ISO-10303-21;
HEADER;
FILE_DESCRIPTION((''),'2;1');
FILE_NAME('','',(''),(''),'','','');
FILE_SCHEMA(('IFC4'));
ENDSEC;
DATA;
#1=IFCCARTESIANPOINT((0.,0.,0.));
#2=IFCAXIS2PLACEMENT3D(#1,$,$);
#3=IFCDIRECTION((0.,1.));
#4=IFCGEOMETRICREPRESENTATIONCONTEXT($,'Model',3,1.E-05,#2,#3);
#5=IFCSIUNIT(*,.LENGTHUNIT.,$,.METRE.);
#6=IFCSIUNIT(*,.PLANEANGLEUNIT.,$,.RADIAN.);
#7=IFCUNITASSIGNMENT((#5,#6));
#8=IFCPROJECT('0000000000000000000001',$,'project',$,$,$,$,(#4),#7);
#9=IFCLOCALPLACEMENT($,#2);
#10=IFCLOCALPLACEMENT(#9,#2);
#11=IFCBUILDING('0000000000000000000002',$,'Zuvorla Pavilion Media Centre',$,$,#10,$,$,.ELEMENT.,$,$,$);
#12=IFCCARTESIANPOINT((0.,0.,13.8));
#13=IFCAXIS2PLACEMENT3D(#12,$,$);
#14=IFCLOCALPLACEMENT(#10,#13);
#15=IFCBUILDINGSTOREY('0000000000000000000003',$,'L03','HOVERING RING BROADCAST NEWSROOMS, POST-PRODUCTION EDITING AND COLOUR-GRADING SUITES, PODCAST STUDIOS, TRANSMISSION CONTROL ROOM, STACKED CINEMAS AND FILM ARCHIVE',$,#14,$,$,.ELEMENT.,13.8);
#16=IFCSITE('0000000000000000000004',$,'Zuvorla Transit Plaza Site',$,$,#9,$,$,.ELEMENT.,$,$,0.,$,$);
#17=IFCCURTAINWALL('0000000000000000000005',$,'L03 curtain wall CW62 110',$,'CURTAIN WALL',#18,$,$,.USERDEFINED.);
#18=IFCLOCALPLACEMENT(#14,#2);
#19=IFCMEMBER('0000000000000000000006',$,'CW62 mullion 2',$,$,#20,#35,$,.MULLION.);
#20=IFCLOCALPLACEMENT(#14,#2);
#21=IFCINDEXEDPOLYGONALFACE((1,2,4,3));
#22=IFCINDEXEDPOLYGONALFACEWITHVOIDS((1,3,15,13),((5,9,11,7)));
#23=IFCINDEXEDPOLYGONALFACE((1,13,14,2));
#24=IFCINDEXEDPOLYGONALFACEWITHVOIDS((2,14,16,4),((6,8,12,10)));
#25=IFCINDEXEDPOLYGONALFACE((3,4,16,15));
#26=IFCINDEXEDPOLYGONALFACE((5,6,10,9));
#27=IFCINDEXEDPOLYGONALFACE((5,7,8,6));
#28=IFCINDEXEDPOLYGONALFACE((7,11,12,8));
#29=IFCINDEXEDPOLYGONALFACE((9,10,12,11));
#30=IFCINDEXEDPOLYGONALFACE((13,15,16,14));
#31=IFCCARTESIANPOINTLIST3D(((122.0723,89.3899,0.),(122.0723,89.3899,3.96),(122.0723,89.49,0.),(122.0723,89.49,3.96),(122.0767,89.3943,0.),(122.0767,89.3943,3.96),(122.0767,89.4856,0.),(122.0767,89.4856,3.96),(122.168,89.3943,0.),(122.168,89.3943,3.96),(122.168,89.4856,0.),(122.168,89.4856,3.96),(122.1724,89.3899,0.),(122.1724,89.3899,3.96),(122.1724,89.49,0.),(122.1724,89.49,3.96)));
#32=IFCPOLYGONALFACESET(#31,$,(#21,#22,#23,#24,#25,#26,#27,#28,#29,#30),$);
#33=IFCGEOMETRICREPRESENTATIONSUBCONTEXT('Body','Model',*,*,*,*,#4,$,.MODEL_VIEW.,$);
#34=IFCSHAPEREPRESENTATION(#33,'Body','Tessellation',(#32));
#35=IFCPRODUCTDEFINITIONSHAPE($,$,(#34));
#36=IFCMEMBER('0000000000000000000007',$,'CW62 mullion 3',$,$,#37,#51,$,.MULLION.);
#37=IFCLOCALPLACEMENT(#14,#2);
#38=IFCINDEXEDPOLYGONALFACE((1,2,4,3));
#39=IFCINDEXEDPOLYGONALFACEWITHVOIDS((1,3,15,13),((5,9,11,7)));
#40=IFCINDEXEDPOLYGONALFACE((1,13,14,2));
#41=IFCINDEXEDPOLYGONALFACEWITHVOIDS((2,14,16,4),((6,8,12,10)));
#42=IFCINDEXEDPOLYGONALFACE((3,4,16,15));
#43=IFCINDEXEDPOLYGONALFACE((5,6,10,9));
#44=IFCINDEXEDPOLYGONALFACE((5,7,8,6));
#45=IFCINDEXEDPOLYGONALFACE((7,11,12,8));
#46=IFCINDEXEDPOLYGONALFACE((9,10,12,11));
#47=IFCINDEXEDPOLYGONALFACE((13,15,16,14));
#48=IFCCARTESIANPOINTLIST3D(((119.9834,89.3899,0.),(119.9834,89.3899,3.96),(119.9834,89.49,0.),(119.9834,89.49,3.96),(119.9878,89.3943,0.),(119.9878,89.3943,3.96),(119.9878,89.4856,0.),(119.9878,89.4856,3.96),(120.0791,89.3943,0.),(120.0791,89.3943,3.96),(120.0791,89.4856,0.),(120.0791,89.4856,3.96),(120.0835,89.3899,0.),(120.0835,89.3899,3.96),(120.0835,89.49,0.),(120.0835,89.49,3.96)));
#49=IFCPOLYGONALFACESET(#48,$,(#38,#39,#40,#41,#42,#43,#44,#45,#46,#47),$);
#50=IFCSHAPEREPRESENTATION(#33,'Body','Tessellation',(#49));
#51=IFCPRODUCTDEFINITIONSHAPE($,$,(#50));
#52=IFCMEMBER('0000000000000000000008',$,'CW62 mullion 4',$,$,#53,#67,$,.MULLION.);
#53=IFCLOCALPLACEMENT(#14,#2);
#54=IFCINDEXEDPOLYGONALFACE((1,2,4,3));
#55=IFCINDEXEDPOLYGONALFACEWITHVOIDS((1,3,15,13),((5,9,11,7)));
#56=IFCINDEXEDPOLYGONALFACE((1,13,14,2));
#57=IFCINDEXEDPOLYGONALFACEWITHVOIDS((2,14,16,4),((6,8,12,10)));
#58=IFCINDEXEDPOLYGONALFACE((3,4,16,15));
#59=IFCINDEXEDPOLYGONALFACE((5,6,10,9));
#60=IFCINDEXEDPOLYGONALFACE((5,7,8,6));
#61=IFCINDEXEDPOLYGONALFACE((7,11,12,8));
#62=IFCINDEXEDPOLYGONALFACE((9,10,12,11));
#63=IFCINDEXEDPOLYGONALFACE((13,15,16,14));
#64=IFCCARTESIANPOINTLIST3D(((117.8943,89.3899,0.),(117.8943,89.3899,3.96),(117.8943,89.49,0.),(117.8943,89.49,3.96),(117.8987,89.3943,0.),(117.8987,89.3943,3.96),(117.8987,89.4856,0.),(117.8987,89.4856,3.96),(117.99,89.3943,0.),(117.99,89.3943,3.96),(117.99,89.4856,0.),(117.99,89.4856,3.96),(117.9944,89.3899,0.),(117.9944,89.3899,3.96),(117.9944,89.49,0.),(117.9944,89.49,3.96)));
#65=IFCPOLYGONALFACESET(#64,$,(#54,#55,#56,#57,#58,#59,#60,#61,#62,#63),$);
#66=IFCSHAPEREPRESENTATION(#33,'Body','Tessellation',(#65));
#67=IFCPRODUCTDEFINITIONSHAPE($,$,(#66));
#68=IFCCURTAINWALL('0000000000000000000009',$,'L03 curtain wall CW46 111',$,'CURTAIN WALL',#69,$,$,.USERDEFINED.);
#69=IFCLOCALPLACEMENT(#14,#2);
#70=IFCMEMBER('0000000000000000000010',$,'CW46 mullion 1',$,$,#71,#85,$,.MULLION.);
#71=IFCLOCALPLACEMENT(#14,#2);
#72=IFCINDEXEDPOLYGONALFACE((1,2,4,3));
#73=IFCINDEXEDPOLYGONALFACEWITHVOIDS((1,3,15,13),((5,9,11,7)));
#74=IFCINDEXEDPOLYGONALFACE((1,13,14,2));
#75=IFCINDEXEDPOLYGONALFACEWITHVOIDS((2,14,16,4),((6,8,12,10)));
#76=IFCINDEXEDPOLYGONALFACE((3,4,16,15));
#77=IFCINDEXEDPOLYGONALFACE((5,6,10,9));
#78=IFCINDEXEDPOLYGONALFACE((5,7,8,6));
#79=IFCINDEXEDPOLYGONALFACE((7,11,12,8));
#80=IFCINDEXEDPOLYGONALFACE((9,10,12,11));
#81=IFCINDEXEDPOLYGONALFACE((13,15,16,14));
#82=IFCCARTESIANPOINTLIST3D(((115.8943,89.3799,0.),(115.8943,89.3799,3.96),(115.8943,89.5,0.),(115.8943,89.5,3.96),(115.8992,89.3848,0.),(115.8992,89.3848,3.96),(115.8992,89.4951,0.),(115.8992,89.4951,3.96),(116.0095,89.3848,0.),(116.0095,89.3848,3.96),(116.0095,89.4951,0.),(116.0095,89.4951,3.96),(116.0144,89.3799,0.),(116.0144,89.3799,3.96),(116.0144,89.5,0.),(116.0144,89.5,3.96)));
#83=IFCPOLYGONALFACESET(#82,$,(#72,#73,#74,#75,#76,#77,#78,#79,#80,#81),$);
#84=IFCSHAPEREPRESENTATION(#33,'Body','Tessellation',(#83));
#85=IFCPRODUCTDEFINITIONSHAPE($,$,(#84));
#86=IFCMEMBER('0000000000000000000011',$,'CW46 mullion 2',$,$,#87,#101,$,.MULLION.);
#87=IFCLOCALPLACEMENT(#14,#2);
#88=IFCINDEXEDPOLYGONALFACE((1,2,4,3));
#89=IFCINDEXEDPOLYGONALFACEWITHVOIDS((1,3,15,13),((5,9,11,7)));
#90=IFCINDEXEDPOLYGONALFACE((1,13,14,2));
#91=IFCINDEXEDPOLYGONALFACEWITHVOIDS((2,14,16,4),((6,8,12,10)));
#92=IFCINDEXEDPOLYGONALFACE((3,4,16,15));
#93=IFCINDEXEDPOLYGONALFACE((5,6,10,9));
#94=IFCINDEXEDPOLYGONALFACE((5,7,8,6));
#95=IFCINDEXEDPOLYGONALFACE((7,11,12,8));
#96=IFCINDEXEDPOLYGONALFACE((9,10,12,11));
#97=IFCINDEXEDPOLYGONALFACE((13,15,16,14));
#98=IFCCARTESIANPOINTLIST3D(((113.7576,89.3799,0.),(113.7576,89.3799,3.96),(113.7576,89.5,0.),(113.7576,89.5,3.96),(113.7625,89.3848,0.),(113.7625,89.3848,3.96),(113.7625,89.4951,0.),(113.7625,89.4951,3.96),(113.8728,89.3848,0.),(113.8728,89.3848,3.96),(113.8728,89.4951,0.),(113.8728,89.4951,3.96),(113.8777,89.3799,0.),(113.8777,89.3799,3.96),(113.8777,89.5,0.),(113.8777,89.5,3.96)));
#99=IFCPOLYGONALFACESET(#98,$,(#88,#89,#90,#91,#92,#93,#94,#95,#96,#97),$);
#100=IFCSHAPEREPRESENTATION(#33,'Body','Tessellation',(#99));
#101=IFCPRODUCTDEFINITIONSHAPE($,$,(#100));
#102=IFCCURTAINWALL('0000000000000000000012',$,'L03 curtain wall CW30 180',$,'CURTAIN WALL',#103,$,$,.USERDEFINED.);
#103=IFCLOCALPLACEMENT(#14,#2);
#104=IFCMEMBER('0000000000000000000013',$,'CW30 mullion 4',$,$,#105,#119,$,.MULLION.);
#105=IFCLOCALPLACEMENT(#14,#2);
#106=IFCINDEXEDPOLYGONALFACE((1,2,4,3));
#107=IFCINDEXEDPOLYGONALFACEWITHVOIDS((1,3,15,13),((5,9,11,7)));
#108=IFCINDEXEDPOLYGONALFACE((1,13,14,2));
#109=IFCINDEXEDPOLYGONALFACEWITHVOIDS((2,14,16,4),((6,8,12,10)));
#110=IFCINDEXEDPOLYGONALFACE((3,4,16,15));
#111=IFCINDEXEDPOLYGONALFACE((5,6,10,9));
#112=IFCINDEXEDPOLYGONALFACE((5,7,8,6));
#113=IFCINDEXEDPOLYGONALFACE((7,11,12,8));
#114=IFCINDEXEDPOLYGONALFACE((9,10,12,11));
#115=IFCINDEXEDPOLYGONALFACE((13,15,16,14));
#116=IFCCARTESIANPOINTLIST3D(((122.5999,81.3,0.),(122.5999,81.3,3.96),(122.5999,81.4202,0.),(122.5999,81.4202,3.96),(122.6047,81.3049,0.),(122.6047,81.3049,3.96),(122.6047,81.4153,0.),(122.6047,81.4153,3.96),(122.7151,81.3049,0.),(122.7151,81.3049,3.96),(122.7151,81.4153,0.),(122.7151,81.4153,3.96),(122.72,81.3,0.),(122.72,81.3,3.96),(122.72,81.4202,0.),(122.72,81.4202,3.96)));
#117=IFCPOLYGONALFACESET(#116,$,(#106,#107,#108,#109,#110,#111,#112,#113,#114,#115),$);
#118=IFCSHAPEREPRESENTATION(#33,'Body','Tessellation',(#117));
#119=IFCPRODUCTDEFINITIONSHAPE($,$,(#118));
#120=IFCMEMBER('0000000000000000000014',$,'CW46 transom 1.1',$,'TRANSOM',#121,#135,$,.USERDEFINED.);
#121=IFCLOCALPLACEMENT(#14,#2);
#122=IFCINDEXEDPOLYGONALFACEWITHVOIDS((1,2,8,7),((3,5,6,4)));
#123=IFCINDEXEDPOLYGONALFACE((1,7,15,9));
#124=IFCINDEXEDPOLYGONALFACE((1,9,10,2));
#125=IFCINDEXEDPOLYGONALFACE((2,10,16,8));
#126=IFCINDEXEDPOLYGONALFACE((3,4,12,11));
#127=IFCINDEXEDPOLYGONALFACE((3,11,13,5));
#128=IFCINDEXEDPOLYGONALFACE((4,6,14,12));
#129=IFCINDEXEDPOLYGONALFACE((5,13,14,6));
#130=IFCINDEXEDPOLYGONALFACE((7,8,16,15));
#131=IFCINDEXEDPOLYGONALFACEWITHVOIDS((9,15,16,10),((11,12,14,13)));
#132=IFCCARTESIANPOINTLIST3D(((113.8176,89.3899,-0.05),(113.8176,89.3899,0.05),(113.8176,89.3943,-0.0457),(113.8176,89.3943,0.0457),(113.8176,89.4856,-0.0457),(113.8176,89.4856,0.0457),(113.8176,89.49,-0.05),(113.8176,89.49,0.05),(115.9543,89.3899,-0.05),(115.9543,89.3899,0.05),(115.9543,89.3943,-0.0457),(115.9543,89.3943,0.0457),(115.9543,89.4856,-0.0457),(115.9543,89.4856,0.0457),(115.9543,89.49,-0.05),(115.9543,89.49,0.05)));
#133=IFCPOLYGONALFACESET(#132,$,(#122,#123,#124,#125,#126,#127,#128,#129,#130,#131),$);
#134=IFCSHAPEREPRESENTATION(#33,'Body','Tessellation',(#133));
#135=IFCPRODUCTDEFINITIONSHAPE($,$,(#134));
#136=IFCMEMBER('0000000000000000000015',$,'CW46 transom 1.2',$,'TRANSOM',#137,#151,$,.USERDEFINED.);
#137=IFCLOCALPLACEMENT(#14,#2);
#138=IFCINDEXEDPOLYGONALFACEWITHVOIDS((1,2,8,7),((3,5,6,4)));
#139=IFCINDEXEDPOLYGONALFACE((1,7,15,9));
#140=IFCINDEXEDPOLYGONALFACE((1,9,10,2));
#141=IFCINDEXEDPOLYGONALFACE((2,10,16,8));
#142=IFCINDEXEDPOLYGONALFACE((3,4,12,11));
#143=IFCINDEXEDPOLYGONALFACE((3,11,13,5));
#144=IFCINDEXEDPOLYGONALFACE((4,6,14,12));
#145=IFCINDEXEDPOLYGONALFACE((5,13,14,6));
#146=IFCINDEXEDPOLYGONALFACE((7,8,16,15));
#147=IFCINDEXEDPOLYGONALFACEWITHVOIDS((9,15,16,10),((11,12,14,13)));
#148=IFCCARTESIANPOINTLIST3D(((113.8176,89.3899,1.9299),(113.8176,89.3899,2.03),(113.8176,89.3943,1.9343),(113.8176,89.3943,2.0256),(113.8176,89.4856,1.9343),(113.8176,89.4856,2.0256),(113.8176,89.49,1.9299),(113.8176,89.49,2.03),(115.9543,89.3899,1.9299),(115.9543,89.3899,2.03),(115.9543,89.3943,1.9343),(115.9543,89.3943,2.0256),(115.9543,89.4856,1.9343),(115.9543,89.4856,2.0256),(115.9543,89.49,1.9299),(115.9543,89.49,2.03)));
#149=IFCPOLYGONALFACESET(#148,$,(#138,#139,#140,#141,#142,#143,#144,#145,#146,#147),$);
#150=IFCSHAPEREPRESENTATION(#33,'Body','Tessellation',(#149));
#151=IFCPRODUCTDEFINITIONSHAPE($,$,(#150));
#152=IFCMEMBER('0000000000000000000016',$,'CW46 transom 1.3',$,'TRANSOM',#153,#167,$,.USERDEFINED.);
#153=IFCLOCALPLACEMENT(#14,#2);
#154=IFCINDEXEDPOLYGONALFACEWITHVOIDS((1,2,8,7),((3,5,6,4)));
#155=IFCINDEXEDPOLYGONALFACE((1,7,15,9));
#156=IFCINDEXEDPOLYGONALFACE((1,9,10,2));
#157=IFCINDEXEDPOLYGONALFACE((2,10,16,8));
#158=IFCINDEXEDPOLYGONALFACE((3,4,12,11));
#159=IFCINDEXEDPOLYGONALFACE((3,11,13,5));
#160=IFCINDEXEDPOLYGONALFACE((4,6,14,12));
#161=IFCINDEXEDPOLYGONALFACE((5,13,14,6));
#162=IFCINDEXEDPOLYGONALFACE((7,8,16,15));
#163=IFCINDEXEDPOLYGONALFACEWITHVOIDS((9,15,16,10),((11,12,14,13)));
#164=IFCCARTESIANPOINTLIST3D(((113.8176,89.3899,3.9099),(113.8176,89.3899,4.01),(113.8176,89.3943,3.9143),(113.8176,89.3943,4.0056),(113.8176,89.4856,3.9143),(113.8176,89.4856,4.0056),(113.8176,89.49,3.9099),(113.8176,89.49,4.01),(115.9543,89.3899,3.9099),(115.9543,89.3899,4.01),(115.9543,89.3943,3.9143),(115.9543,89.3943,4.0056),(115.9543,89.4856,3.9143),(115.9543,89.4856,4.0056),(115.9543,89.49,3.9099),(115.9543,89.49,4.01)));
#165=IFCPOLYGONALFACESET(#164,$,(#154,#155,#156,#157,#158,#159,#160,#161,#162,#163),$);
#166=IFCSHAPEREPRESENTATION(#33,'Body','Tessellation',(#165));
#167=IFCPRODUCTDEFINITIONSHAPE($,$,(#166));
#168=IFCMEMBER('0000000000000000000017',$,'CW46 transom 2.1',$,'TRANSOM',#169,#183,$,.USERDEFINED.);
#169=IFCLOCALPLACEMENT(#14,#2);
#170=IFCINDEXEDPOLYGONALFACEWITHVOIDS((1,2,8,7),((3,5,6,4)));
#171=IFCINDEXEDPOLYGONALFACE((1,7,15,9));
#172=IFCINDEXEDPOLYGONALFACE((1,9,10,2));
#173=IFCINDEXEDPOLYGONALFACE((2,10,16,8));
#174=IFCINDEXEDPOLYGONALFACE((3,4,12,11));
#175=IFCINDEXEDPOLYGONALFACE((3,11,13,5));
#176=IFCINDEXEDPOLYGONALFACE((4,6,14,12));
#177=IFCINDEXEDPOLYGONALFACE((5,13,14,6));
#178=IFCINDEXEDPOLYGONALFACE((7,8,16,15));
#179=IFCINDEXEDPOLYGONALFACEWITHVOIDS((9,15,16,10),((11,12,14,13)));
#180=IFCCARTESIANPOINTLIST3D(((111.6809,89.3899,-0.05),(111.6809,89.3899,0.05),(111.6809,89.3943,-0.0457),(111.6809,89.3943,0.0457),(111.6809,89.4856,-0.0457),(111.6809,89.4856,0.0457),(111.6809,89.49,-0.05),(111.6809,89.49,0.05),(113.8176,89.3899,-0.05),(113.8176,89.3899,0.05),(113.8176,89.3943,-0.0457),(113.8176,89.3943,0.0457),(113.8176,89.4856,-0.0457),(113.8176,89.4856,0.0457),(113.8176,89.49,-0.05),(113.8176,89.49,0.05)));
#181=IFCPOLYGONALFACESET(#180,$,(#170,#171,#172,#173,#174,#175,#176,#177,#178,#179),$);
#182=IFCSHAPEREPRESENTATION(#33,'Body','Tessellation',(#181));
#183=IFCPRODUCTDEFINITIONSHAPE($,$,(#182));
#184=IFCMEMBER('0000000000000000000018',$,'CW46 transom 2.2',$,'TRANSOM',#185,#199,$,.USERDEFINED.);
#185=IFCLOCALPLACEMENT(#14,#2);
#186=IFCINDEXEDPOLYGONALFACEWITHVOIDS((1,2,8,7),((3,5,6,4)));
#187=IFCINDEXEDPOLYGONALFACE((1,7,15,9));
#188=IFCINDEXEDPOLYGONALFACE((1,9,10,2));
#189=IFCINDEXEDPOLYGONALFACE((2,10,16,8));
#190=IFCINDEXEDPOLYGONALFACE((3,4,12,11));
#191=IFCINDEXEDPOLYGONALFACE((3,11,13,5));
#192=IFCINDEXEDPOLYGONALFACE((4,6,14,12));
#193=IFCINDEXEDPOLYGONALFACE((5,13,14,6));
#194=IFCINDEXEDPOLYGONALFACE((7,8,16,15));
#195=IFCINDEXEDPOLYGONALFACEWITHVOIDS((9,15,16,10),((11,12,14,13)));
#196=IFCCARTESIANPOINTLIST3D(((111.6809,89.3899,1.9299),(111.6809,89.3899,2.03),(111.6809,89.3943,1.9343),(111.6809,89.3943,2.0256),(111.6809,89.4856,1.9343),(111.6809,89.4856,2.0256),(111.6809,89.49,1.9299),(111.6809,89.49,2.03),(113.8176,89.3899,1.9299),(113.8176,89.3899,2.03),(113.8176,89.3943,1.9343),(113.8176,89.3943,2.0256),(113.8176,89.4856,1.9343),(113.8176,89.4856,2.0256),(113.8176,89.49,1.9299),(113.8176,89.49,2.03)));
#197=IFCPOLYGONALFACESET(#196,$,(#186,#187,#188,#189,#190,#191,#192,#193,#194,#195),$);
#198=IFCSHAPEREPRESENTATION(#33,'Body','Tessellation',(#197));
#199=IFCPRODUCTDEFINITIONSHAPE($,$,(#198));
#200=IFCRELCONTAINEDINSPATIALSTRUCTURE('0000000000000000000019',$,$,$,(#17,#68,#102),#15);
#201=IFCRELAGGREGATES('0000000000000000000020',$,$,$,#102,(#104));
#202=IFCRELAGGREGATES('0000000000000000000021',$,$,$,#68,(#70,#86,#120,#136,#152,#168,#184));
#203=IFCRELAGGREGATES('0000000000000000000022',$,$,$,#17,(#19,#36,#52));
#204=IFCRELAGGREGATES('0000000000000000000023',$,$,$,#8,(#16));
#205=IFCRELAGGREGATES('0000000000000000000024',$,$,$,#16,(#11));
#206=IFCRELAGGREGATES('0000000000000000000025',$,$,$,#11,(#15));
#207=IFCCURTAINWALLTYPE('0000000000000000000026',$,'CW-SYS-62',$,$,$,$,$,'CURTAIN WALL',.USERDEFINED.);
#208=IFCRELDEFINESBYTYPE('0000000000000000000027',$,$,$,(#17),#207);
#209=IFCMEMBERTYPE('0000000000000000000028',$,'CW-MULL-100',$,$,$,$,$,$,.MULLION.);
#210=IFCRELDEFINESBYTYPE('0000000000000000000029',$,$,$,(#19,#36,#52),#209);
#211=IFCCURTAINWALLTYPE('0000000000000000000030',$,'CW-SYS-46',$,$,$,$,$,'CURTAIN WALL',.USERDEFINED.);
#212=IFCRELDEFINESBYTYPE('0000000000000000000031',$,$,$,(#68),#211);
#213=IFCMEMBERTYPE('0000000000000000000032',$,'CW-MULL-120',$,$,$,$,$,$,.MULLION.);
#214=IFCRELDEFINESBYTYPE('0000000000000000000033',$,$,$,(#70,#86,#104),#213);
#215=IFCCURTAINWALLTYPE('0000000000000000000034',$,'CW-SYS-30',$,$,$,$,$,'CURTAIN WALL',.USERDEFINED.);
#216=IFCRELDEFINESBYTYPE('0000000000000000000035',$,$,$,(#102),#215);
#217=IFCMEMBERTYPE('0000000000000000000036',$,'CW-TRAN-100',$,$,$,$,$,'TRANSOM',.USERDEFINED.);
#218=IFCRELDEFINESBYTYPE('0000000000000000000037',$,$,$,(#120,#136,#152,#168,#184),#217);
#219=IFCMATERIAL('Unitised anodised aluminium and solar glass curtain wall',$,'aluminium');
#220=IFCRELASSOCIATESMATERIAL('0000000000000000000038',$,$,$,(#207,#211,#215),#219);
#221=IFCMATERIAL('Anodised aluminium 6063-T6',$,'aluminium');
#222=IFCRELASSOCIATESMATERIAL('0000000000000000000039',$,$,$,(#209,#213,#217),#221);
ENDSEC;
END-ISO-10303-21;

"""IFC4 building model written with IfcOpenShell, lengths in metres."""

from ifc_helpers import new_model, si_unit, direction, frame, origin, origin_2d, place, context, subcontext, project, spatial, hollow_rectangle, extrude, material, material_profile, profile_set, type_object, element, aggregate, save


model = new_model("IFC4")

# Units and contexts
model_context = context("Model", 3, precision=1e-05, world=origin(), true_north=direction((0.0, 1.0)))
body_context = subcontext(model_context, "Body", "Model", "MODEL_VIEW")
ifc_project = project(units=[si_unit("LENGTHUNIT", "METRE"), si_unit("PLANEANGLEUNIT", "RADIAN")], contexts=[model_context])

# Site, building, storey
site_placement = place(None, origin())
site = spatial("IfcSite", under=ifc_project, at=site_placement, Name="Zuvorla Transit Plaza Site", CompositionType="ELEMENT", RefElevation=0.0)
building_placement = place(site_placement, origin())
building = spatial("IfcBuilding", under=site, at=building_placement, Name="Zuvorla Pavilion Media Centre", CompositionType="ELEMENT")
storey_placement = place(building_placement, frame((0.0, 0.0, 13.8)))
storey = spatial("IfcBuildingStorey", under=building, at=storey_placement, Name="L03", Description="HOVERING RING BROADCAST NEWSROOMS, POST-PRODUCTION EDITING AND COLOUR-GRADING SUITES, PODCAST STUDIOS, TRANSMISSION CONTROL ROOM, STACKED CINEMAS AND FILM ARCHIVE", CompositionType="ELEMENT", Elevation=13.8)

# Curtain walls, members
ifc_material_1 = material(Name="Unitised anodised aluminium and solar glass curtain wall", Category="aluminium")
curtain_wall_type_1 = type_object("IfcCurtainWallType", Name="CW-SYS-62", ElementType="CURTAIN WALL", PredefinedType="USERDEFINED", material=ifc_material_1)
curtain_wall_1_placement = place(storey_placement, origin())
curtain_wall_1 = element("IfcCurtainWall", 1, at=curtain_wall_1_placement, inside=storey, type_object=curtain_wall_type_1, Name="L03 curtain wall CW62 110", ObjectType="CURTAIN WALL", PredefinedType="USERDEFINED")
ifc_material_2 = material(Name="Anodised aluminium 6063-T6", Category="aluminium")
ifc_material_profile_1 = material_profile(ifc_material_2, hollow_rectangle(XDim=0.1001, YDim=0.1001, WallThickness=0.0044, at=origin_2d()), Name="ALU MULL 100x100")
ifc_profile_set_1 = profile_set([ifc_material_profile_1], Name="Anodised aluminium 6063-T6")
member_type_1 = type_object("IfcMemberType", Name="CW-MULL-100", PredefinedType="MULLION", material=ifc_profile_set_1)
member_1_placement = place(storey_placement, frame((122.1223, 89.4399, 0.0), z_axis=(0.0, 0.0, 1.0), x_axis=(1.0, 0.0, 0.0)))
member_1 = element("IfcMember", 2, at=member_1_placement, type_object=member_type_1, Name="CW62 mullion 2", PredefinedType="MULLION", context=body_context, shape_type="SweptSolid", body=[
    extrude(hollow_rectangle(XDim=0.1001, YDim=0.1001, WallThickness=0.0044, at=origin_2d()), origin(), (0.0, 0.0, 1.0), 3.96),
])
member_2_placement = place(storey_placement, frame((120.0334, 89.4399, 0.0), z_axis=(0.0, 0.0, 1.0), x_axis=(1.0, 0.0, 0.0)))
member_2 = element("IfcMember", 3, at=member_2_placement, type_object=member_type_1, Name="CW62 mullion 3", PredefinedType="MULLION", context=body_context, shape_type="SweptSolid", body=[
    extrude(hollow_rectangle(XDim=0.1001, YDim=0.1001, WallThickness=0.0044, at=origin_2d()), origin(), (0.0, 0.0, 1.0), 3.96),
])
member_3_placement = place(storey_placement, frame((117.9443, 89.4399, 0.0), z_axis=(0.0, 0.0, 1.0), x_axis=(1.0, 0.0, 0.0)))
member_3 = element("IfcMember", 4, at=member_3_placement, type_object=member_type_1, Name="CW62 mullion 4", PredefinedType="MULLION", context=body_context, shape_type="SweptSolid", body=[
    extrude(hollow_rectangle(XDim=0.1001, YDim=0.1001, WallThickness=0.0044, at=origin_2d()), origin(), (0.0, 0.0, 1.0), 3.96),
])
curtain_wall_type_2 = type_object("IfcCurtainWallType", Name="CW-SYS-46", ElementType="CURTAIN WALL", PredefinedType="USERDEFINED", material=ifc_material_1)
curtain_wall_2_placement = place(storey_placement, origin())
curtain_wall_2 = element("IfcCurtainWall", 5, at=curtain_wall_2_placement, inside=storey, type_object=curtain_wall_type_2, Name="L03 curtain wall CW46 111", ObjectType="CURTAIN WALL", PredefinedType="USERDEFINED")
ifc_material_profile_2 = material_profile(ifc_material_2, hollow_rectangle(XDim=0.1201, YDim=0.1201, WallThickness=0.0049, at=origin_2d()), Name="ALU MULL 120x120")
ifc_profile_set_2 = profile_set([ifc_material_profile_2], Name="Anodised aluminium 6063-T6")
member_type_2 = type_object("IfcMemberType", Name="CW-MULL-120", PredefinedType="MULLION", material=ifc_profile_set_2)
member_4_placement = place(storey_placement, frame((115.9543, 89.4399, 0.0), z_axis=(0.0, 0.0, 1.0), x_axis=(1.0, 0.0, 0.0)))
member_4 = element("IfcMember", 6, at=member_4_placement, type_object=member_type_2, Name="CW46 mullion 1", PredefinedType="MULLION", context=body_context, shape_type="SweptSolid", body=[
    extrude(hollow_rectangle(XDim=0.1201, YDim=0.1201, WallThickness=0.0049, at=origin_2d()), origin(), (0.0, 0.0, 1.0), 3.96),
])
member_5_placement = place(storey_placement, frame((113.8176, 89.4399, 0.0), z_axis=(0.0, 0.0, 1.0), x_axis=(1.0, 0.0, 0.0)))
member_5 = element("IfcMember", 7, at=member_5_placement, type_object=member_type_2, Name="CW46 mullion 2", PredefinedType="MULLION", context=body_context, shape_type="SweptSolid", body=[
    extrude(hollow_rectangle(XDim=0.1201, YDim=0.1201, WallThickness=0.0049, at=origin_2d()), origin(), (0.0, 0.0, 1.0), 3.96),
])

# Curtain wall, member
curtain_wall_type_3 = type_object("IfcCurtainWallType", Name="CW-SYS-30", ElementType="CURTAIN WALL", PredefinedType="USERDEFINED", material=ifc_material_1)
curtain_wall_3_placement = place(storey_placement, origin())
curtain_wall_3 = element("IfcCurtainWall", 8, at=curtain_wall_3_placement, inside=storey, type_object=curtain_wall_type_3, Name="L03 curtain wall CW30 180", ObjectType="CURTAIN WALL", PredefinedType="USERDEFINED")
member_6_placement = place(storey_placement, frame((122.6599, 81.3601, 0.0), z_axis=(0.0, 0.0, 1.0), x_axis=(1.0, 0.0, 0.0)))
member_6 = element("IfcMember", 9, at=member_6_placement, type_object=member_type_2, Name="CW30 mullion 4", PredefinedType="MULLION", context=body_context, shape_type="SweptSolid", body=[
    extrude(hollow_rectangle(XDim=0.1201, YDim=0.1201, WallThickness=0.0049, at=origin_2d()), origin(), (0.0, 0.0, 1.0), 3.96),
])
aggregate(curtain_wall_3, [member_6])

# Members
ifc_material_profile_3 = material_profile(ifc_material_2, hollow_rectangle(XDim=0.1001, YDim=0.1001, WallThickness=0.0044, at=origin_2d()), Name="ALU TRAN 100x100")
ifc_profile_set_3 = profile_set([ifc_material_profile_3], Name="Anodised aluminium 6063-T6")
member_type_3 = type_object("IfcMemberType", Name="CW-TRAN-100", ElementType="TRANSOM", PredefinedType="USERDEFINED", material=ifc_profile_set_3)
member_7_placement = place(storey_placement, frame((115.9543, 89.4399, 0.0), z_axis=(-1.0, 0.0, 0.0), x_axis=(0.0, -1.0, 0.0)))
member_7 = element("IfcMember", 10, at=member_7_placement, type_object=member_type_3, Name="CW46 transom 1.1", ObjectType="TRANSOM", PredefinedType="USERDEFINED", context=body_context, shape_type="SweptSolid", body=[
    extrude(hollow_rectangle(XDim=0.1001, YDim=0.1001, WallThickness=0.0044, at=origin_2d()), origin(), (0.0, 0.0, 1.0), 2.1367),
])
member_8_placement = place(storey_placement, frame((115.9543, 89.4399, 1.98), z_axis=(-1.0, 0.0, 0.0), x_axis=(0.0, -1.0, 0.0)))
member_8 = element("IfcMember", 11, at=member_8_placement, type_object=member_type_3, Name="CW46 transom 1.2", ObjectType="TRANSOM", PredefinedType="USERDEFINED", context=body_context, shape_type="SweptSolid", body=[
    extrude(hollow_rectangle(XDim=0.1001, YDim=0.1001, WallThickness=0.0044, at=origin_2d()), origin(), (0.0, 0.0, 1.0), 2.1367),
])
member_9_placement = place(storey_placement, frame((115.9543, 89.4399, 3.96), z_axis=(-1.0, 0.0, 0.0), x_axis=(0.0, -1.0, 0.0)))
member_9 = element("IfcMember", 12, at=member_9_placement, type_object=member_type_3, Name="CW46 transom 1.3", ObjectType="TRANSOM", PredefinedType="USERDEFINED", context=body_context, shape_type="SweptSolid", body=[
    extrude(hollow_rectangle(XDim=0.1001, YDim=0.1001, WallThickness=0.0044, at=origin_2d()), origin(), (0.0, 0.0, 1.0), 2.1367),
])
member_10_placement = place(storey_placement, frame((113.8176, 89.4399, 0.0), z_axis=(-1.0, 0.0, 0.0), x_axis=(0.0, -1.0, 0.0)))
member_10 = element("IfcMember", 13, at=member_10_placement, type_object=member_type_3, Name="CW46 transom 2.1", ObjectType="TRANSOM", PredefinedType="USERDEFINED", context=body_context, shape_type="SweptSolid", body=[
    extrude(hollow_rectangle(XDim=0.1001, YDim=0.1001, WallThickness=0.0044, at=origin_2d()), origin(), (0.0, 0.0, 1.0), 2.1367),
])
member_11_placement = place(storey_placement, frame((113.8176, 89.4399, 1.98), z_axis=(-1.0, 0.0, 0.0), x_axis=(0.0, -1.0, 0.0)))
member_11 = element("IfcMember", 14, at=member_11_placement, type_object=member_type_3, Name="CW46 transom 2.2", ObjectType="TRANSOM", PredefinedType="USERDEFINED", context=body_context, shape_type="SweptSolid", body=[
    extrude(hollow_rectangle(XDim=0.1001, YDim=0.1001, WallThickness=0.0044, at=origin_2d()), origin(), (0.0, 0.0, 1.0), 2.1367),
])

aggregate(curtain_wall_2, [member_4, member_5, member_7, member_8, member_9, member_10, member_11])
aggregate(curtain_wall_1, [member_1, member_2, member_3])

save(model, "model.ifc")
